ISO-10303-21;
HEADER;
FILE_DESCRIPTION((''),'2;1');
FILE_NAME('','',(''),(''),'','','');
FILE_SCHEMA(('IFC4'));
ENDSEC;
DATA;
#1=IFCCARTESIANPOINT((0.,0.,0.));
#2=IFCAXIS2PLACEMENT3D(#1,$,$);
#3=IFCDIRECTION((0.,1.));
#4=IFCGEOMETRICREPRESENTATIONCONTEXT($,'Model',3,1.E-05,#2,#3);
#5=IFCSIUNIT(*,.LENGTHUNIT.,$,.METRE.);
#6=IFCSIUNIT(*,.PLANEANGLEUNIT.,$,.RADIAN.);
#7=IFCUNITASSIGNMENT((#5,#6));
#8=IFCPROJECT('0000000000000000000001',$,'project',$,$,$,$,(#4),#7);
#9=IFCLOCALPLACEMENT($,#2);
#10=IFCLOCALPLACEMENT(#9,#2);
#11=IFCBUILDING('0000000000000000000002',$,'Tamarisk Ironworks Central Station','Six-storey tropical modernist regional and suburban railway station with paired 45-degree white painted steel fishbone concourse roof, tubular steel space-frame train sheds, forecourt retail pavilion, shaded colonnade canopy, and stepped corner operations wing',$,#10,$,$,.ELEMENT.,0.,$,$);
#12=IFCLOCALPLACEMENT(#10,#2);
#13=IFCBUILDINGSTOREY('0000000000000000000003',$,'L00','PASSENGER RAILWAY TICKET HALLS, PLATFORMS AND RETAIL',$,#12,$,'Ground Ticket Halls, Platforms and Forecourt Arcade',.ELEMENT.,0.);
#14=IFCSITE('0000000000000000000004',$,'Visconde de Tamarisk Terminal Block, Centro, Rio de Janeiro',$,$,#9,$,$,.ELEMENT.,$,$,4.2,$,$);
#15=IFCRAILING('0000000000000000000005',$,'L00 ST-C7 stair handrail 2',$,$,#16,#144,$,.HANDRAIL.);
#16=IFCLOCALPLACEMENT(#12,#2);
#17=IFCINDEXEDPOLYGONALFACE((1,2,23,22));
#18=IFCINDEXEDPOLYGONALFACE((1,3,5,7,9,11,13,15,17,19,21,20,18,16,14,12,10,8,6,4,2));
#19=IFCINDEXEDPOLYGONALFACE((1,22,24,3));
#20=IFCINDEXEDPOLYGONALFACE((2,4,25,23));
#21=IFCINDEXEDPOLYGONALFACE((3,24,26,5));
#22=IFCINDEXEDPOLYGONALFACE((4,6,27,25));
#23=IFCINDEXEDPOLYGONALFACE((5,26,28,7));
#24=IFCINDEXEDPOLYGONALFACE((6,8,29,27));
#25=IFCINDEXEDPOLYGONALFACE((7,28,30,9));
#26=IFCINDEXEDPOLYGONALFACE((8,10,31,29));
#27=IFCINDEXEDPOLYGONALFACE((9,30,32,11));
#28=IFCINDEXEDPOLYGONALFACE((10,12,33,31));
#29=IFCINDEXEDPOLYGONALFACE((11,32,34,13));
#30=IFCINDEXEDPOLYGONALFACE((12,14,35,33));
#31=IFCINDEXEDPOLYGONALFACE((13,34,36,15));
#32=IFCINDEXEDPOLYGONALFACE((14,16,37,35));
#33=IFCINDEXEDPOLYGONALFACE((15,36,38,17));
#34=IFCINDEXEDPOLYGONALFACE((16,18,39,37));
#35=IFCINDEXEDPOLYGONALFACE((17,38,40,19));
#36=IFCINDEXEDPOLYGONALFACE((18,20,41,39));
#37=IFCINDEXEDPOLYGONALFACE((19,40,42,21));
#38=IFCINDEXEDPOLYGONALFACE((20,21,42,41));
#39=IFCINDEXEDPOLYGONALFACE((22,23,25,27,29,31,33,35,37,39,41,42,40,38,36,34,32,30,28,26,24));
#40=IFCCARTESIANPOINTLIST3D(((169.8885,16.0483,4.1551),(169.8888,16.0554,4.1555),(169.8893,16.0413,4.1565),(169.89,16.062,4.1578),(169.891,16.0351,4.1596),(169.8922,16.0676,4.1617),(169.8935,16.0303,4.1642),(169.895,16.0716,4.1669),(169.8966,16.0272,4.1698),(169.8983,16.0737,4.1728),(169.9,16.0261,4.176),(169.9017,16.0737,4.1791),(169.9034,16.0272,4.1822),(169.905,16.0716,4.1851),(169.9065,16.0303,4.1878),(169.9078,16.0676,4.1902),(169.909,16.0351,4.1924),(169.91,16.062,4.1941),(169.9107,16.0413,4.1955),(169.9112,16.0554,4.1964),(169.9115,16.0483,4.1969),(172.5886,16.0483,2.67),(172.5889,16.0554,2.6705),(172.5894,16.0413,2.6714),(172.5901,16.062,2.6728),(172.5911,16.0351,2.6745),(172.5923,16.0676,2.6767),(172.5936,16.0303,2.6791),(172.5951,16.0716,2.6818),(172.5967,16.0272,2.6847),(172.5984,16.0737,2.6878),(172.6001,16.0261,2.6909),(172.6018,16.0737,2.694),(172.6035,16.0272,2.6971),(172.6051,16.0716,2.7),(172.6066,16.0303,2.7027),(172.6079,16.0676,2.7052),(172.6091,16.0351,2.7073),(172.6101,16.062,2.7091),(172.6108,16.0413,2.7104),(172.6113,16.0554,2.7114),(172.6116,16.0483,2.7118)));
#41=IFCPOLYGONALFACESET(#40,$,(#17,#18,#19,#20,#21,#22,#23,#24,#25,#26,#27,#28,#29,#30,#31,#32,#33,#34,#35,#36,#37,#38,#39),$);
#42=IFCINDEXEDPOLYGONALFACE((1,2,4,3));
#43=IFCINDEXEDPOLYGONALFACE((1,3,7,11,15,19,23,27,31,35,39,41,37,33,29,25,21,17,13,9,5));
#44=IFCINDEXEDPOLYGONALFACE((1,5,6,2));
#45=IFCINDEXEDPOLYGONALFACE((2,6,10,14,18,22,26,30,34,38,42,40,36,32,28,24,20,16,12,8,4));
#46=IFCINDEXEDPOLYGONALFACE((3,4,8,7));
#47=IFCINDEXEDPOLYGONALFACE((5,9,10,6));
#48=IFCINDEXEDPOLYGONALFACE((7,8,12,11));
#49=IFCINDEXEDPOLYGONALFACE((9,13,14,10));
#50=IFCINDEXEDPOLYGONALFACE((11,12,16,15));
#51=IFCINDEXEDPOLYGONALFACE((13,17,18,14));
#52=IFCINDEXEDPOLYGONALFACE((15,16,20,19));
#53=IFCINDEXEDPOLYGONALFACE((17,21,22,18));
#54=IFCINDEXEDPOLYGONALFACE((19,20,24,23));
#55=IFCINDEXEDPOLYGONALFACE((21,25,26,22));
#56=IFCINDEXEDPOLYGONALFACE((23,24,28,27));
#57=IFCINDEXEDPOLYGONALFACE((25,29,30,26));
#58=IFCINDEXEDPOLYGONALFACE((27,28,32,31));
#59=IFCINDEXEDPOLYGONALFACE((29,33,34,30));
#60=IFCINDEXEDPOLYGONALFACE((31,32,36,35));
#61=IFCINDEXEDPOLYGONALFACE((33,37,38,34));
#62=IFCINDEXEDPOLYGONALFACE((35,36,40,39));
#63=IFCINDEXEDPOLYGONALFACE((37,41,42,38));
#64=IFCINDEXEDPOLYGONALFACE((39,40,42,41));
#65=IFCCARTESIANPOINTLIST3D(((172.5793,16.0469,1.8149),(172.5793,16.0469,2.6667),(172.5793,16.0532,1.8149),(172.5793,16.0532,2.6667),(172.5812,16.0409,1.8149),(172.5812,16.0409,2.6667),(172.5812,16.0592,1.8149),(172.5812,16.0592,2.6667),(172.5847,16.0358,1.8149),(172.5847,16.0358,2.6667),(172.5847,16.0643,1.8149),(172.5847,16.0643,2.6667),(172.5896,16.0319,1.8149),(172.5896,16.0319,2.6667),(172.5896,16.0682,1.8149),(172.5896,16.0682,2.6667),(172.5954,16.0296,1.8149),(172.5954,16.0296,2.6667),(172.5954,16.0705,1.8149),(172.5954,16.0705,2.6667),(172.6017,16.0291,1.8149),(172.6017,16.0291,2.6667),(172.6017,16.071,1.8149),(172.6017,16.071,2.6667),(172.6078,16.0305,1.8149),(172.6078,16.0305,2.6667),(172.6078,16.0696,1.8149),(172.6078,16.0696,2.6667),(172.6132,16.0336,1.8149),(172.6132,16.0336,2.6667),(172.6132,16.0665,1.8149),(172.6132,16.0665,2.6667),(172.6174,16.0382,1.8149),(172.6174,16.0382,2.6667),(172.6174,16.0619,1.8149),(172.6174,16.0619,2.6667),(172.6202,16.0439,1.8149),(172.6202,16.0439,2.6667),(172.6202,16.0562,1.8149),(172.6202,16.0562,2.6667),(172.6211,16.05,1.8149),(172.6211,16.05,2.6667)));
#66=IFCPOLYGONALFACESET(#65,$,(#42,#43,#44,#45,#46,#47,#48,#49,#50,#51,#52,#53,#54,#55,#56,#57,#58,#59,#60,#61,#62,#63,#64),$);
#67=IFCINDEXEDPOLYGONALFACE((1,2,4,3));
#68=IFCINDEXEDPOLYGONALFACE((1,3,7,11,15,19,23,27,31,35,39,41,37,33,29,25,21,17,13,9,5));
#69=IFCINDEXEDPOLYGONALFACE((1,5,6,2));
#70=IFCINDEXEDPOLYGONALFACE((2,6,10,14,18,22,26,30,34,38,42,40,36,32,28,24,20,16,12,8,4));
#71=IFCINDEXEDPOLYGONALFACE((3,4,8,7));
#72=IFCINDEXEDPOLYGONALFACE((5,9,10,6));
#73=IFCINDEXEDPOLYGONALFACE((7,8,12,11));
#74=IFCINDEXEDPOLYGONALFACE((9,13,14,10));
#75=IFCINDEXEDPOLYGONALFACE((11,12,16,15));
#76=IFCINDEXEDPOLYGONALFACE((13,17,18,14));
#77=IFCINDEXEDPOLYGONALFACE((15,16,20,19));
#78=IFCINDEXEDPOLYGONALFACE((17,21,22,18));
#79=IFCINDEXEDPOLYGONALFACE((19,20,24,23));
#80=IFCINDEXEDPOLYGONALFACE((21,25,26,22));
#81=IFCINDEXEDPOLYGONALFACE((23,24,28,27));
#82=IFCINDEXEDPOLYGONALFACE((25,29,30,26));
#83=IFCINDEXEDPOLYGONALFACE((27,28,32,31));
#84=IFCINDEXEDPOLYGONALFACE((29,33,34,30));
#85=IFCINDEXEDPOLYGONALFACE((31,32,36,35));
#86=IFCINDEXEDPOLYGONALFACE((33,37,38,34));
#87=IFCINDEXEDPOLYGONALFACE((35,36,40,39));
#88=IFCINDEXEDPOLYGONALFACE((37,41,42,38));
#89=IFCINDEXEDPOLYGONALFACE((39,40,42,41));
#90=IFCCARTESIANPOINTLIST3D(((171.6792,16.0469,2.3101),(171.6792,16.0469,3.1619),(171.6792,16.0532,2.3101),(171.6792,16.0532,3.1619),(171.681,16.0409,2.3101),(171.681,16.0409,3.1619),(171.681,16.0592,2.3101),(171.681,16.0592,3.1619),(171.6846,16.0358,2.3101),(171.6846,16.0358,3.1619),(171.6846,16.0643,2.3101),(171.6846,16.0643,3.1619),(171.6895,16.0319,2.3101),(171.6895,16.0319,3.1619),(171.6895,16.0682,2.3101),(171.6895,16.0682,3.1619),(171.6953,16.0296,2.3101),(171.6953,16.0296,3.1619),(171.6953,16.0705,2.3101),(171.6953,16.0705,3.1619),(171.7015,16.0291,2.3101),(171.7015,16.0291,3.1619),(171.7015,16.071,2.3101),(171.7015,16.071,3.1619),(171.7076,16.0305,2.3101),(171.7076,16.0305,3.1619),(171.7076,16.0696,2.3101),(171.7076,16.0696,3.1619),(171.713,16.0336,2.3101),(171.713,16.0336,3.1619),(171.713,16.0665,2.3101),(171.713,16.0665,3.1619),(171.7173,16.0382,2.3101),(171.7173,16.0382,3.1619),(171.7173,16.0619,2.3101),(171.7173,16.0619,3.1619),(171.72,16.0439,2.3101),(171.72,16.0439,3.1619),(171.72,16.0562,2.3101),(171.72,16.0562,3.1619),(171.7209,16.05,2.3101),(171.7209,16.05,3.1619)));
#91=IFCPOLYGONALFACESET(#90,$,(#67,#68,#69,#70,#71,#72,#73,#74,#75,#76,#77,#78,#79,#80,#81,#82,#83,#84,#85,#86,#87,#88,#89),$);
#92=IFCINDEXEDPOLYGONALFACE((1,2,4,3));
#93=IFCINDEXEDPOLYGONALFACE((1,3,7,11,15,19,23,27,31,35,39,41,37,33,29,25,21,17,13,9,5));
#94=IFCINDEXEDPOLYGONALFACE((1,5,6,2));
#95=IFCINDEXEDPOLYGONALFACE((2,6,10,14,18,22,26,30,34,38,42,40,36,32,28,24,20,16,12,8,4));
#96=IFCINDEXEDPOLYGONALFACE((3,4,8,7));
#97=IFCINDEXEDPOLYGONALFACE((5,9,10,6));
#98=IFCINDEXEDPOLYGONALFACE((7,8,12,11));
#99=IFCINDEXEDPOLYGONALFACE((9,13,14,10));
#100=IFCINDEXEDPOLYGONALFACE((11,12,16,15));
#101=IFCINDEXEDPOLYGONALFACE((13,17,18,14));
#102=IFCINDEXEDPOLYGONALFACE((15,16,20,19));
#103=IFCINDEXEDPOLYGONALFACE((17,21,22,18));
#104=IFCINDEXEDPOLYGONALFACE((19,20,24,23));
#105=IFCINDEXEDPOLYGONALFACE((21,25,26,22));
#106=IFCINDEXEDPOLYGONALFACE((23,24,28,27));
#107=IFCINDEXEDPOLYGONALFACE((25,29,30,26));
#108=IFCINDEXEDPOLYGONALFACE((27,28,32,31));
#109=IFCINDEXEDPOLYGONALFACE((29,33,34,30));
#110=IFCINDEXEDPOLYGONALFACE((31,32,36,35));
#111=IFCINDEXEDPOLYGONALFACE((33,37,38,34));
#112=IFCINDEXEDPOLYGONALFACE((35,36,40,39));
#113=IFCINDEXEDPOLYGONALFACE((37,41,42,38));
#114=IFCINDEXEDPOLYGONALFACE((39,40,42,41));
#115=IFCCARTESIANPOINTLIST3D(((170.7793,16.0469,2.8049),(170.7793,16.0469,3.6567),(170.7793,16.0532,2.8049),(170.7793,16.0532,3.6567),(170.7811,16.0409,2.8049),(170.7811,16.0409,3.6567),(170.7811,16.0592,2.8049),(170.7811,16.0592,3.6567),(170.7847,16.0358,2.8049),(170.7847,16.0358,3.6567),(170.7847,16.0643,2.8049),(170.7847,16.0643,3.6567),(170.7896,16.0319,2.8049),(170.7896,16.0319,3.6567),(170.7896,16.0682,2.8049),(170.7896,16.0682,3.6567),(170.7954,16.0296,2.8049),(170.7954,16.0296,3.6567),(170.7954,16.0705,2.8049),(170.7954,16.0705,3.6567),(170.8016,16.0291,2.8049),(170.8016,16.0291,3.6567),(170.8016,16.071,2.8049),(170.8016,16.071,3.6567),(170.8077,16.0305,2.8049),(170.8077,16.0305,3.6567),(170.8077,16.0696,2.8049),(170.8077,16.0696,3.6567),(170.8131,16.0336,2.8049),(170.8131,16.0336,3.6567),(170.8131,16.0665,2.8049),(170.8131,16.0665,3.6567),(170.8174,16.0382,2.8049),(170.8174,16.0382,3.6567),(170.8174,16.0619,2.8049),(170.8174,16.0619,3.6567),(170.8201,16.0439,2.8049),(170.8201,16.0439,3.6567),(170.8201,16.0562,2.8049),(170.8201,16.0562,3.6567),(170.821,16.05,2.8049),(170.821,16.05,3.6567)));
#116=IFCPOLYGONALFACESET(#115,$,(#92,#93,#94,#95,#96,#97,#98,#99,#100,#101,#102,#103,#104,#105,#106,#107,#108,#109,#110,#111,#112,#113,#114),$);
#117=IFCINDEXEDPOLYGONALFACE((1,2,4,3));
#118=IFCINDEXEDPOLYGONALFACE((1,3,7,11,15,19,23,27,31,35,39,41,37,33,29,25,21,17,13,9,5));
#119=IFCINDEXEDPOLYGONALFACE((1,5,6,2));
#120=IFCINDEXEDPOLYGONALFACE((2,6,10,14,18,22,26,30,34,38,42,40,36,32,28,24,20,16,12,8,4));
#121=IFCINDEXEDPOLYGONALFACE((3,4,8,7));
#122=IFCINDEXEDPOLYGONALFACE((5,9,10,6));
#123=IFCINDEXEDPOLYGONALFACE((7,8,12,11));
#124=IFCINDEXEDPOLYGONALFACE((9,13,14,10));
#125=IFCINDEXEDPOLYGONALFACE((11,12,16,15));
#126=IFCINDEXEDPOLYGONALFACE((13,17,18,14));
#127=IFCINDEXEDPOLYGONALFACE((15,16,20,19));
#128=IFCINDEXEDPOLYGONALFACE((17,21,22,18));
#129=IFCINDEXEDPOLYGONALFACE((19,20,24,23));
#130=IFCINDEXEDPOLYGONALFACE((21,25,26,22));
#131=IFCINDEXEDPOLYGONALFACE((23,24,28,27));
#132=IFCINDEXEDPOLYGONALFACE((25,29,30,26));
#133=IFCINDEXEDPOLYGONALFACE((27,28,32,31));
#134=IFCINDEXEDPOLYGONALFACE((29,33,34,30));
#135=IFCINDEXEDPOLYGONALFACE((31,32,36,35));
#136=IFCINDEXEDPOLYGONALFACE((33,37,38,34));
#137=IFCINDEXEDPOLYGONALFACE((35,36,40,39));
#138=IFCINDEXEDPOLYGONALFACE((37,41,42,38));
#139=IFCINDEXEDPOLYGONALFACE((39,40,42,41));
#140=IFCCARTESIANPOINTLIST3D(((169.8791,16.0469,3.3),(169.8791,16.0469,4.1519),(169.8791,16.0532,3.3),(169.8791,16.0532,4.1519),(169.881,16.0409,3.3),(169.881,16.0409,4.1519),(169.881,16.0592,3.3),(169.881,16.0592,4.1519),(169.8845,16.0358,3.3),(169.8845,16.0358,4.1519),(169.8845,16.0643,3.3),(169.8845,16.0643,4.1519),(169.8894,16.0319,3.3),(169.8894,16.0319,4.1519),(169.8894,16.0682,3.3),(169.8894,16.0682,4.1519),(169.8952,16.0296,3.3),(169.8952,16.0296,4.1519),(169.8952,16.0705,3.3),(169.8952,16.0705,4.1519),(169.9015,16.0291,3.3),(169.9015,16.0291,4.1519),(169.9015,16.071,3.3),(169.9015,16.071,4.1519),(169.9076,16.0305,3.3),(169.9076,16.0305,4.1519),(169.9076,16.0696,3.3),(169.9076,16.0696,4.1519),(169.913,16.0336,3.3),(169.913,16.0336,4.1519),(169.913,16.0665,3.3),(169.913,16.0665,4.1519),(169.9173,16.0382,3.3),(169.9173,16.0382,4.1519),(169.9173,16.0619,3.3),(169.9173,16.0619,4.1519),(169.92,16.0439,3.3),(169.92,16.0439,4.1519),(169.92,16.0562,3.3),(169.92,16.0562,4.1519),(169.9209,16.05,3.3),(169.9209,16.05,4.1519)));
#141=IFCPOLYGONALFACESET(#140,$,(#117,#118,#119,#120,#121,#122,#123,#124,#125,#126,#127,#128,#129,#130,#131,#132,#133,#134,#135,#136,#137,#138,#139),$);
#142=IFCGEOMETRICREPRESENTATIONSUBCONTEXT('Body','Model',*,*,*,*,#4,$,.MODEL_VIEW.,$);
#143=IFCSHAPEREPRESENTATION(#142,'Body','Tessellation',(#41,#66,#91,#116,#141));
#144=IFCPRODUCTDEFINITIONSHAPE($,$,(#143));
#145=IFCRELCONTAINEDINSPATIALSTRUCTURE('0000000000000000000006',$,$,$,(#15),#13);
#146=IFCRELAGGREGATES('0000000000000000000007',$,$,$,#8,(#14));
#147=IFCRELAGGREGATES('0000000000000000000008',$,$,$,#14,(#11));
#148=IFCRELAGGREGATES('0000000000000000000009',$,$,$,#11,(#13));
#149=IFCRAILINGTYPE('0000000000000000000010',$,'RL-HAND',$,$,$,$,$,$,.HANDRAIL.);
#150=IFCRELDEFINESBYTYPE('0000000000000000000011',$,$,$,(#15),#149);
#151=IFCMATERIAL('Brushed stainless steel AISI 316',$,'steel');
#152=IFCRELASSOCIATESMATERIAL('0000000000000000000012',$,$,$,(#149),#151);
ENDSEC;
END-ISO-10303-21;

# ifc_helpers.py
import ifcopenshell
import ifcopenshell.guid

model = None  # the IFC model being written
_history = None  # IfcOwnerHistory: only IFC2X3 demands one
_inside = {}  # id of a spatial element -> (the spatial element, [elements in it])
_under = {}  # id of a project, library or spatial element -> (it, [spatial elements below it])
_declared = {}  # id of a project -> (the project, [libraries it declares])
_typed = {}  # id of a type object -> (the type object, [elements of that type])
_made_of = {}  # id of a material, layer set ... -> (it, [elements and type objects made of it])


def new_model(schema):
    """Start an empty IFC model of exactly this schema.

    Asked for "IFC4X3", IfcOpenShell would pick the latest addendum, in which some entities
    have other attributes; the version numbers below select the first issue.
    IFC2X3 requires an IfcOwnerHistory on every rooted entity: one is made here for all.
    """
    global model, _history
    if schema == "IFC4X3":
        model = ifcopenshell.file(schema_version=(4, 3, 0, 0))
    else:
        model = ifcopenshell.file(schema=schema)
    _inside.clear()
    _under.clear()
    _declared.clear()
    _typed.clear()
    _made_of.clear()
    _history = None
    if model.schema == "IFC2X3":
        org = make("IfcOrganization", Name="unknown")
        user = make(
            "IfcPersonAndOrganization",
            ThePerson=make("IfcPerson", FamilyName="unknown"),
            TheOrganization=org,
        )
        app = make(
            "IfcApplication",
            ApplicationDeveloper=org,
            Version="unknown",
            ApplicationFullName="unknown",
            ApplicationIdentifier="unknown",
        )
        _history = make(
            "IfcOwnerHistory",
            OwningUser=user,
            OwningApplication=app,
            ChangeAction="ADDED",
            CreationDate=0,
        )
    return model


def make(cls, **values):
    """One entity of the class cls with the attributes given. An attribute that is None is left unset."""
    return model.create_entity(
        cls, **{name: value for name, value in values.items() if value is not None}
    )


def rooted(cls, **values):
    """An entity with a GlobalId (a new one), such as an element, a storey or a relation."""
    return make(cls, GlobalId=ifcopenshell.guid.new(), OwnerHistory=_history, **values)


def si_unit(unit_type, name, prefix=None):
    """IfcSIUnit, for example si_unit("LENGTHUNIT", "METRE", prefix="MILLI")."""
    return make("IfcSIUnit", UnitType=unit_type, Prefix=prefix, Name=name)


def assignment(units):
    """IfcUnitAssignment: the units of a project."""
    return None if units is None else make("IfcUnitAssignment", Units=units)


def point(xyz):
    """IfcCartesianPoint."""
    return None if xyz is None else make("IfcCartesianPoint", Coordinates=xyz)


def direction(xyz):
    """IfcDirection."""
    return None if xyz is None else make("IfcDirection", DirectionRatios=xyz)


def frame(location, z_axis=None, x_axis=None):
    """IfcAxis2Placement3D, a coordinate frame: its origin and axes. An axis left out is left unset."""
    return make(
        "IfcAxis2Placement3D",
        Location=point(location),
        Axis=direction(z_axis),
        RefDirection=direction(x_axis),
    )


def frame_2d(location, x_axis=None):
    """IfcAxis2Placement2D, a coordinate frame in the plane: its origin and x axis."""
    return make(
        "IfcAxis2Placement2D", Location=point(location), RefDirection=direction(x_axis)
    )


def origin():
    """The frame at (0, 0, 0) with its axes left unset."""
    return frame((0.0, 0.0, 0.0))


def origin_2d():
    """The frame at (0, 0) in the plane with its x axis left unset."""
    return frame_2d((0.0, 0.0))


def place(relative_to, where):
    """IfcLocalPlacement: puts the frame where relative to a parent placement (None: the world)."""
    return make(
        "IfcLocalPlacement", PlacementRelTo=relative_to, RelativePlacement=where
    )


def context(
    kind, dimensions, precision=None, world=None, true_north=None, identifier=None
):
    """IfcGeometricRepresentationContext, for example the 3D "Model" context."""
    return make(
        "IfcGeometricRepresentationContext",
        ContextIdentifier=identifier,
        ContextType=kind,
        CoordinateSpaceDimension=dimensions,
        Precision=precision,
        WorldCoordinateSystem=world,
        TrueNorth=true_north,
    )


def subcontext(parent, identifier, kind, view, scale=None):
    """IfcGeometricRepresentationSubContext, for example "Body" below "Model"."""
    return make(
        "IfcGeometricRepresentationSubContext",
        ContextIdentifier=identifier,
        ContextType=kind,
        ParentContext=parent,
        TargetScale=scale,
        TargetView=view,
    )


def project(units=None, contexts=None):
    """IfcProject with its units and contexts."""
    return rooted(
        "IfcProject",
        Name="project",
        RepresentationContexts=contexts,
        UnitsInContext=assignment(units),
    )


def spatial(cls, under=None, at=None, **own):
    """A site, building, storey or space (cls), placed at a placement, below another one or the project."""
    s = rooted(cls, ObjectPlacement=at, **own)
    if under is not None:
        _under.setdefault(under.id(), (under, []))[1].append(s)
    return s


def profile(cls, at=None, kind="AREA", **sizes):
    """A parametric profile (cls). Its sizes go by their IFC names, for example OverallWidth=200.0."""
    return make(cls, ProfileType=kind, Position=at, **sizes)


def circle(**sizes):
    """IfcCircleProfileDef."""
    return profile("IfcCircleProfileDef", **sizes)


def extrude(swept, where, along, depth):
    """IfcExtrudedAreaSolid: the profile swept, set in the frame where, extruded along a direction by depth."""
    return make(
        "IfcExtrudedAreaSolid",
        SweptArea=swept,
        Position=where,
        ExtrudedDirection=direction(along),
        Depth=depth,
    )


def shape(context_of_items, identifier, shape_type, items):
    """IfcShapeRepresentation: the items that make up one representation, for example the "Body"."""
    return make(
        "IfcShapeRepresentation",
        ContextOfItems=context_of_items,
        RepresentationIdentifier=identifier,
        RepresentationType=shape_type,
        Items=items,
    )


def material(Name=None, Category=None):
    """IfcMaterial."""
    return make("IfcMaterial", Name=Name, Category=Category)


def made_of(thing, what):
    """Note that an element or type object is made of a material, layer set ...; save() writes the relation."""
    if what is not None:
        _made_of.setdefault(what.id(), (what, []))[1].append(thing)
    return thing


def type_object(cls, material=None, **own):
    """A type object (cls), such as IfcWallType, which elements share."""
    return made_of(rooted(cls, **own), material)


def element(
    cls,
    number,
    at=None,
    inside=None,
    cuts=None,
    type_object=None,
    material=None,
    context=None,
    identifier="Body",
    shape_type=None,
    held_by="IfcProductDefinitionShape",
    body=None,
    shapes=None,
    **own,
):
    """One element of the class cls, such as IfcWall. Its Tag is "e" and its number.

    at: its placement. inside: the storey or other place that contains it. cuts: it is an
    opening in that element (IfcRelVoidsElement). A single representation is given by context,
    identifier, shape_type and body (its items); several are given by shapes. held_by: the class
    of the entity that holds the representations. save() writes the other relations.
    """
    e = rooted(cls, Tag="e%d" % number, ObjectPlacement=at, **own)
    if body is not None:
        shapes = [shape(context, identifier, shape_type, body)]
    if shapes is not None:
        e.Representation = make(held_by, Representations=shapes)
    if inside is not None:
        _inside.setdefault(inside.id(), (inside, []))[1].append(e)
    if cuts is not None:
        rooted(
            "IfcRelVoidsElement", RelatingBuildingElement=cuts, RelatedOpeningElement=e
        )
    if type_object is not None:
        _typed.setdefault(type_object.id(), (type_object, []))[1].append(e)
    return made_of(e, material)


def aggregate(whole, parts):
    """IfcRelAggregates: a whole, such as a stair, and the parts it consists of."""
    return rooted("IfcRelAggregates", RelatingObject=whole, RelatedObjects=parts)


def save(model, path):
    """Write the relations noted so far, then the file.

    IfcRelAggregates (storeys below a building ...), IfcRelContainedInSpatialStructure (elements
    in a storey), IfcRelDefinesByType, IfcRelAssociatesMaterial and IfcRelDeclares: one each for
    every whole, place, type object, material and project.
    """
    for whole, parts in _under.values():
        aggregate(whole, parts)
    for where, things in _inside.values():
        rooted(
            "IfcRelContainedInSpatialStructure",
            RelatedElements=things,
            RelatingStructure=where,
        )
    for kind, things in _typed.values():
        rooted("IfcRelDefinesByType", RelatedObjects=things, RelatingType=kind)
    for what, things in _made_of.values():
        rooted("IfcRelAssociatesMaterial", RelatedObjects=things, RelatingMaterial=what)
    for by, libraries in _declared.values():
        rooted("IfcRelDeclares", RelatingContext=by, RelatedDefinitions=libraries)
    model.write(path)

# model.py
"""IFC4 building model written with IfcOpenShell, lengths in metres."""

from ifc_helpers import new_model, si_unit, direction, frame, origin, origin_2d, place, context, subcontext, project, spatial, circle, extrude, material, type_object, element, save


model = new_model("IFC4")

# Units and contexts
model_context = context("Model", 3, precision=1e-05, world=origin(), true_north=direction((0.0, 1.0)))
body_context = subcontext(model_context, "Body", "Model", "MODEL_VIEW")
ifc_project = project(units=[si_unit("LENGTHUNIT", "METRE"), si_unit("PLANEANGLEUNIT", "RADIAN")], contexts=[model_context])

# Site, building, storey
site_placement = place(None, origin())
site = spatial("IfcSite", under=ifc_project, at=site_placement, Name="Visconde de Tamarisk Terminal Block, Centro, Rio de Janeiro", CompositionType="ELEMENT", RefElevation=4.2)
building_placement = place(site_placement, origin())
building = spatial("IfcBuilding", under=site, at=building_placement, Name="Tamarisk Ironworks Central Station", Description="Six-storey tropical modernist regional and suburban railway station with paired 45-degree white painted steel fishbone concourse roof, tubular steel space-frame train sheds, forecourt retail pavilion, shaded colonnade canopy, and stepped corner operations wing", CompositionType="ELEMENT", ElevationOfRefHeight=0.0)
storey_placement = place(building_placement, origin())
storey = spatial("IfcBuildingStorey", under=building, at=storey_placement, Name="L00", Description="PASSENGER RAILWAY TICKET HALLS, PLATFORMS AND RETAIL", LongName="Ground Ticket Halls, Platforms and Forecourt Arcade", CompositionType="ELEMENT", Elevation=0.0)

# Railing
ifc_material_1 = material(Name="Brushed stainless steel AISI 316", Category="steel")
railing_type_1 = type_object("IfcRailingType", Name="RL-HAND", PredefinedType="HANDRAIL", material=ifc_material_1)
railing_1_placement = place(storey_placement, frame((172.6001, 16.05, 1.8149)))
element("IfcRailing", 1, at=railing_1_placement, inside=storey, type_object=railing_type_1, Name="L00 ST-C7 stair handrail 2", PredefinedType="HANDRAIL", context=body_context, shape_type="SweptSolid", body=[
    extrude(circle(Radius=0.0239, at=origin_2d()), frame((0.0, 0.0, 0.876), z_axis=(-0.876216, 0.0, 0.481919), x_axis=(0.0, -1.0, 0.0)), (0.0, 0.0, 1.0), 3.0815),
    extrude(circle(Radius=0.021, at=origin_2d()), origin(), (0.0, 0.0, 1.0), 0.8518),
    extrude(circle(Radius=0.021, at=origin_2d()), frame((-0.9001, 0.0, 0.4951)), (0.0, 0.0, 1.0), 0.8518),
    extrude(circle(Radius=0.021, at=origin_2d()), frame((-1.8, 0.0, 0.99)), (0.0, 0.0, 1.0), 0.8518),
    extrude(circle(Radius=0.021, at=origin_2d()), frame((-2.7002, 0.0, 1.4851)), (0.0, 0.0, 1.0), 0.8518),
])

save(model, "model.ifc")
